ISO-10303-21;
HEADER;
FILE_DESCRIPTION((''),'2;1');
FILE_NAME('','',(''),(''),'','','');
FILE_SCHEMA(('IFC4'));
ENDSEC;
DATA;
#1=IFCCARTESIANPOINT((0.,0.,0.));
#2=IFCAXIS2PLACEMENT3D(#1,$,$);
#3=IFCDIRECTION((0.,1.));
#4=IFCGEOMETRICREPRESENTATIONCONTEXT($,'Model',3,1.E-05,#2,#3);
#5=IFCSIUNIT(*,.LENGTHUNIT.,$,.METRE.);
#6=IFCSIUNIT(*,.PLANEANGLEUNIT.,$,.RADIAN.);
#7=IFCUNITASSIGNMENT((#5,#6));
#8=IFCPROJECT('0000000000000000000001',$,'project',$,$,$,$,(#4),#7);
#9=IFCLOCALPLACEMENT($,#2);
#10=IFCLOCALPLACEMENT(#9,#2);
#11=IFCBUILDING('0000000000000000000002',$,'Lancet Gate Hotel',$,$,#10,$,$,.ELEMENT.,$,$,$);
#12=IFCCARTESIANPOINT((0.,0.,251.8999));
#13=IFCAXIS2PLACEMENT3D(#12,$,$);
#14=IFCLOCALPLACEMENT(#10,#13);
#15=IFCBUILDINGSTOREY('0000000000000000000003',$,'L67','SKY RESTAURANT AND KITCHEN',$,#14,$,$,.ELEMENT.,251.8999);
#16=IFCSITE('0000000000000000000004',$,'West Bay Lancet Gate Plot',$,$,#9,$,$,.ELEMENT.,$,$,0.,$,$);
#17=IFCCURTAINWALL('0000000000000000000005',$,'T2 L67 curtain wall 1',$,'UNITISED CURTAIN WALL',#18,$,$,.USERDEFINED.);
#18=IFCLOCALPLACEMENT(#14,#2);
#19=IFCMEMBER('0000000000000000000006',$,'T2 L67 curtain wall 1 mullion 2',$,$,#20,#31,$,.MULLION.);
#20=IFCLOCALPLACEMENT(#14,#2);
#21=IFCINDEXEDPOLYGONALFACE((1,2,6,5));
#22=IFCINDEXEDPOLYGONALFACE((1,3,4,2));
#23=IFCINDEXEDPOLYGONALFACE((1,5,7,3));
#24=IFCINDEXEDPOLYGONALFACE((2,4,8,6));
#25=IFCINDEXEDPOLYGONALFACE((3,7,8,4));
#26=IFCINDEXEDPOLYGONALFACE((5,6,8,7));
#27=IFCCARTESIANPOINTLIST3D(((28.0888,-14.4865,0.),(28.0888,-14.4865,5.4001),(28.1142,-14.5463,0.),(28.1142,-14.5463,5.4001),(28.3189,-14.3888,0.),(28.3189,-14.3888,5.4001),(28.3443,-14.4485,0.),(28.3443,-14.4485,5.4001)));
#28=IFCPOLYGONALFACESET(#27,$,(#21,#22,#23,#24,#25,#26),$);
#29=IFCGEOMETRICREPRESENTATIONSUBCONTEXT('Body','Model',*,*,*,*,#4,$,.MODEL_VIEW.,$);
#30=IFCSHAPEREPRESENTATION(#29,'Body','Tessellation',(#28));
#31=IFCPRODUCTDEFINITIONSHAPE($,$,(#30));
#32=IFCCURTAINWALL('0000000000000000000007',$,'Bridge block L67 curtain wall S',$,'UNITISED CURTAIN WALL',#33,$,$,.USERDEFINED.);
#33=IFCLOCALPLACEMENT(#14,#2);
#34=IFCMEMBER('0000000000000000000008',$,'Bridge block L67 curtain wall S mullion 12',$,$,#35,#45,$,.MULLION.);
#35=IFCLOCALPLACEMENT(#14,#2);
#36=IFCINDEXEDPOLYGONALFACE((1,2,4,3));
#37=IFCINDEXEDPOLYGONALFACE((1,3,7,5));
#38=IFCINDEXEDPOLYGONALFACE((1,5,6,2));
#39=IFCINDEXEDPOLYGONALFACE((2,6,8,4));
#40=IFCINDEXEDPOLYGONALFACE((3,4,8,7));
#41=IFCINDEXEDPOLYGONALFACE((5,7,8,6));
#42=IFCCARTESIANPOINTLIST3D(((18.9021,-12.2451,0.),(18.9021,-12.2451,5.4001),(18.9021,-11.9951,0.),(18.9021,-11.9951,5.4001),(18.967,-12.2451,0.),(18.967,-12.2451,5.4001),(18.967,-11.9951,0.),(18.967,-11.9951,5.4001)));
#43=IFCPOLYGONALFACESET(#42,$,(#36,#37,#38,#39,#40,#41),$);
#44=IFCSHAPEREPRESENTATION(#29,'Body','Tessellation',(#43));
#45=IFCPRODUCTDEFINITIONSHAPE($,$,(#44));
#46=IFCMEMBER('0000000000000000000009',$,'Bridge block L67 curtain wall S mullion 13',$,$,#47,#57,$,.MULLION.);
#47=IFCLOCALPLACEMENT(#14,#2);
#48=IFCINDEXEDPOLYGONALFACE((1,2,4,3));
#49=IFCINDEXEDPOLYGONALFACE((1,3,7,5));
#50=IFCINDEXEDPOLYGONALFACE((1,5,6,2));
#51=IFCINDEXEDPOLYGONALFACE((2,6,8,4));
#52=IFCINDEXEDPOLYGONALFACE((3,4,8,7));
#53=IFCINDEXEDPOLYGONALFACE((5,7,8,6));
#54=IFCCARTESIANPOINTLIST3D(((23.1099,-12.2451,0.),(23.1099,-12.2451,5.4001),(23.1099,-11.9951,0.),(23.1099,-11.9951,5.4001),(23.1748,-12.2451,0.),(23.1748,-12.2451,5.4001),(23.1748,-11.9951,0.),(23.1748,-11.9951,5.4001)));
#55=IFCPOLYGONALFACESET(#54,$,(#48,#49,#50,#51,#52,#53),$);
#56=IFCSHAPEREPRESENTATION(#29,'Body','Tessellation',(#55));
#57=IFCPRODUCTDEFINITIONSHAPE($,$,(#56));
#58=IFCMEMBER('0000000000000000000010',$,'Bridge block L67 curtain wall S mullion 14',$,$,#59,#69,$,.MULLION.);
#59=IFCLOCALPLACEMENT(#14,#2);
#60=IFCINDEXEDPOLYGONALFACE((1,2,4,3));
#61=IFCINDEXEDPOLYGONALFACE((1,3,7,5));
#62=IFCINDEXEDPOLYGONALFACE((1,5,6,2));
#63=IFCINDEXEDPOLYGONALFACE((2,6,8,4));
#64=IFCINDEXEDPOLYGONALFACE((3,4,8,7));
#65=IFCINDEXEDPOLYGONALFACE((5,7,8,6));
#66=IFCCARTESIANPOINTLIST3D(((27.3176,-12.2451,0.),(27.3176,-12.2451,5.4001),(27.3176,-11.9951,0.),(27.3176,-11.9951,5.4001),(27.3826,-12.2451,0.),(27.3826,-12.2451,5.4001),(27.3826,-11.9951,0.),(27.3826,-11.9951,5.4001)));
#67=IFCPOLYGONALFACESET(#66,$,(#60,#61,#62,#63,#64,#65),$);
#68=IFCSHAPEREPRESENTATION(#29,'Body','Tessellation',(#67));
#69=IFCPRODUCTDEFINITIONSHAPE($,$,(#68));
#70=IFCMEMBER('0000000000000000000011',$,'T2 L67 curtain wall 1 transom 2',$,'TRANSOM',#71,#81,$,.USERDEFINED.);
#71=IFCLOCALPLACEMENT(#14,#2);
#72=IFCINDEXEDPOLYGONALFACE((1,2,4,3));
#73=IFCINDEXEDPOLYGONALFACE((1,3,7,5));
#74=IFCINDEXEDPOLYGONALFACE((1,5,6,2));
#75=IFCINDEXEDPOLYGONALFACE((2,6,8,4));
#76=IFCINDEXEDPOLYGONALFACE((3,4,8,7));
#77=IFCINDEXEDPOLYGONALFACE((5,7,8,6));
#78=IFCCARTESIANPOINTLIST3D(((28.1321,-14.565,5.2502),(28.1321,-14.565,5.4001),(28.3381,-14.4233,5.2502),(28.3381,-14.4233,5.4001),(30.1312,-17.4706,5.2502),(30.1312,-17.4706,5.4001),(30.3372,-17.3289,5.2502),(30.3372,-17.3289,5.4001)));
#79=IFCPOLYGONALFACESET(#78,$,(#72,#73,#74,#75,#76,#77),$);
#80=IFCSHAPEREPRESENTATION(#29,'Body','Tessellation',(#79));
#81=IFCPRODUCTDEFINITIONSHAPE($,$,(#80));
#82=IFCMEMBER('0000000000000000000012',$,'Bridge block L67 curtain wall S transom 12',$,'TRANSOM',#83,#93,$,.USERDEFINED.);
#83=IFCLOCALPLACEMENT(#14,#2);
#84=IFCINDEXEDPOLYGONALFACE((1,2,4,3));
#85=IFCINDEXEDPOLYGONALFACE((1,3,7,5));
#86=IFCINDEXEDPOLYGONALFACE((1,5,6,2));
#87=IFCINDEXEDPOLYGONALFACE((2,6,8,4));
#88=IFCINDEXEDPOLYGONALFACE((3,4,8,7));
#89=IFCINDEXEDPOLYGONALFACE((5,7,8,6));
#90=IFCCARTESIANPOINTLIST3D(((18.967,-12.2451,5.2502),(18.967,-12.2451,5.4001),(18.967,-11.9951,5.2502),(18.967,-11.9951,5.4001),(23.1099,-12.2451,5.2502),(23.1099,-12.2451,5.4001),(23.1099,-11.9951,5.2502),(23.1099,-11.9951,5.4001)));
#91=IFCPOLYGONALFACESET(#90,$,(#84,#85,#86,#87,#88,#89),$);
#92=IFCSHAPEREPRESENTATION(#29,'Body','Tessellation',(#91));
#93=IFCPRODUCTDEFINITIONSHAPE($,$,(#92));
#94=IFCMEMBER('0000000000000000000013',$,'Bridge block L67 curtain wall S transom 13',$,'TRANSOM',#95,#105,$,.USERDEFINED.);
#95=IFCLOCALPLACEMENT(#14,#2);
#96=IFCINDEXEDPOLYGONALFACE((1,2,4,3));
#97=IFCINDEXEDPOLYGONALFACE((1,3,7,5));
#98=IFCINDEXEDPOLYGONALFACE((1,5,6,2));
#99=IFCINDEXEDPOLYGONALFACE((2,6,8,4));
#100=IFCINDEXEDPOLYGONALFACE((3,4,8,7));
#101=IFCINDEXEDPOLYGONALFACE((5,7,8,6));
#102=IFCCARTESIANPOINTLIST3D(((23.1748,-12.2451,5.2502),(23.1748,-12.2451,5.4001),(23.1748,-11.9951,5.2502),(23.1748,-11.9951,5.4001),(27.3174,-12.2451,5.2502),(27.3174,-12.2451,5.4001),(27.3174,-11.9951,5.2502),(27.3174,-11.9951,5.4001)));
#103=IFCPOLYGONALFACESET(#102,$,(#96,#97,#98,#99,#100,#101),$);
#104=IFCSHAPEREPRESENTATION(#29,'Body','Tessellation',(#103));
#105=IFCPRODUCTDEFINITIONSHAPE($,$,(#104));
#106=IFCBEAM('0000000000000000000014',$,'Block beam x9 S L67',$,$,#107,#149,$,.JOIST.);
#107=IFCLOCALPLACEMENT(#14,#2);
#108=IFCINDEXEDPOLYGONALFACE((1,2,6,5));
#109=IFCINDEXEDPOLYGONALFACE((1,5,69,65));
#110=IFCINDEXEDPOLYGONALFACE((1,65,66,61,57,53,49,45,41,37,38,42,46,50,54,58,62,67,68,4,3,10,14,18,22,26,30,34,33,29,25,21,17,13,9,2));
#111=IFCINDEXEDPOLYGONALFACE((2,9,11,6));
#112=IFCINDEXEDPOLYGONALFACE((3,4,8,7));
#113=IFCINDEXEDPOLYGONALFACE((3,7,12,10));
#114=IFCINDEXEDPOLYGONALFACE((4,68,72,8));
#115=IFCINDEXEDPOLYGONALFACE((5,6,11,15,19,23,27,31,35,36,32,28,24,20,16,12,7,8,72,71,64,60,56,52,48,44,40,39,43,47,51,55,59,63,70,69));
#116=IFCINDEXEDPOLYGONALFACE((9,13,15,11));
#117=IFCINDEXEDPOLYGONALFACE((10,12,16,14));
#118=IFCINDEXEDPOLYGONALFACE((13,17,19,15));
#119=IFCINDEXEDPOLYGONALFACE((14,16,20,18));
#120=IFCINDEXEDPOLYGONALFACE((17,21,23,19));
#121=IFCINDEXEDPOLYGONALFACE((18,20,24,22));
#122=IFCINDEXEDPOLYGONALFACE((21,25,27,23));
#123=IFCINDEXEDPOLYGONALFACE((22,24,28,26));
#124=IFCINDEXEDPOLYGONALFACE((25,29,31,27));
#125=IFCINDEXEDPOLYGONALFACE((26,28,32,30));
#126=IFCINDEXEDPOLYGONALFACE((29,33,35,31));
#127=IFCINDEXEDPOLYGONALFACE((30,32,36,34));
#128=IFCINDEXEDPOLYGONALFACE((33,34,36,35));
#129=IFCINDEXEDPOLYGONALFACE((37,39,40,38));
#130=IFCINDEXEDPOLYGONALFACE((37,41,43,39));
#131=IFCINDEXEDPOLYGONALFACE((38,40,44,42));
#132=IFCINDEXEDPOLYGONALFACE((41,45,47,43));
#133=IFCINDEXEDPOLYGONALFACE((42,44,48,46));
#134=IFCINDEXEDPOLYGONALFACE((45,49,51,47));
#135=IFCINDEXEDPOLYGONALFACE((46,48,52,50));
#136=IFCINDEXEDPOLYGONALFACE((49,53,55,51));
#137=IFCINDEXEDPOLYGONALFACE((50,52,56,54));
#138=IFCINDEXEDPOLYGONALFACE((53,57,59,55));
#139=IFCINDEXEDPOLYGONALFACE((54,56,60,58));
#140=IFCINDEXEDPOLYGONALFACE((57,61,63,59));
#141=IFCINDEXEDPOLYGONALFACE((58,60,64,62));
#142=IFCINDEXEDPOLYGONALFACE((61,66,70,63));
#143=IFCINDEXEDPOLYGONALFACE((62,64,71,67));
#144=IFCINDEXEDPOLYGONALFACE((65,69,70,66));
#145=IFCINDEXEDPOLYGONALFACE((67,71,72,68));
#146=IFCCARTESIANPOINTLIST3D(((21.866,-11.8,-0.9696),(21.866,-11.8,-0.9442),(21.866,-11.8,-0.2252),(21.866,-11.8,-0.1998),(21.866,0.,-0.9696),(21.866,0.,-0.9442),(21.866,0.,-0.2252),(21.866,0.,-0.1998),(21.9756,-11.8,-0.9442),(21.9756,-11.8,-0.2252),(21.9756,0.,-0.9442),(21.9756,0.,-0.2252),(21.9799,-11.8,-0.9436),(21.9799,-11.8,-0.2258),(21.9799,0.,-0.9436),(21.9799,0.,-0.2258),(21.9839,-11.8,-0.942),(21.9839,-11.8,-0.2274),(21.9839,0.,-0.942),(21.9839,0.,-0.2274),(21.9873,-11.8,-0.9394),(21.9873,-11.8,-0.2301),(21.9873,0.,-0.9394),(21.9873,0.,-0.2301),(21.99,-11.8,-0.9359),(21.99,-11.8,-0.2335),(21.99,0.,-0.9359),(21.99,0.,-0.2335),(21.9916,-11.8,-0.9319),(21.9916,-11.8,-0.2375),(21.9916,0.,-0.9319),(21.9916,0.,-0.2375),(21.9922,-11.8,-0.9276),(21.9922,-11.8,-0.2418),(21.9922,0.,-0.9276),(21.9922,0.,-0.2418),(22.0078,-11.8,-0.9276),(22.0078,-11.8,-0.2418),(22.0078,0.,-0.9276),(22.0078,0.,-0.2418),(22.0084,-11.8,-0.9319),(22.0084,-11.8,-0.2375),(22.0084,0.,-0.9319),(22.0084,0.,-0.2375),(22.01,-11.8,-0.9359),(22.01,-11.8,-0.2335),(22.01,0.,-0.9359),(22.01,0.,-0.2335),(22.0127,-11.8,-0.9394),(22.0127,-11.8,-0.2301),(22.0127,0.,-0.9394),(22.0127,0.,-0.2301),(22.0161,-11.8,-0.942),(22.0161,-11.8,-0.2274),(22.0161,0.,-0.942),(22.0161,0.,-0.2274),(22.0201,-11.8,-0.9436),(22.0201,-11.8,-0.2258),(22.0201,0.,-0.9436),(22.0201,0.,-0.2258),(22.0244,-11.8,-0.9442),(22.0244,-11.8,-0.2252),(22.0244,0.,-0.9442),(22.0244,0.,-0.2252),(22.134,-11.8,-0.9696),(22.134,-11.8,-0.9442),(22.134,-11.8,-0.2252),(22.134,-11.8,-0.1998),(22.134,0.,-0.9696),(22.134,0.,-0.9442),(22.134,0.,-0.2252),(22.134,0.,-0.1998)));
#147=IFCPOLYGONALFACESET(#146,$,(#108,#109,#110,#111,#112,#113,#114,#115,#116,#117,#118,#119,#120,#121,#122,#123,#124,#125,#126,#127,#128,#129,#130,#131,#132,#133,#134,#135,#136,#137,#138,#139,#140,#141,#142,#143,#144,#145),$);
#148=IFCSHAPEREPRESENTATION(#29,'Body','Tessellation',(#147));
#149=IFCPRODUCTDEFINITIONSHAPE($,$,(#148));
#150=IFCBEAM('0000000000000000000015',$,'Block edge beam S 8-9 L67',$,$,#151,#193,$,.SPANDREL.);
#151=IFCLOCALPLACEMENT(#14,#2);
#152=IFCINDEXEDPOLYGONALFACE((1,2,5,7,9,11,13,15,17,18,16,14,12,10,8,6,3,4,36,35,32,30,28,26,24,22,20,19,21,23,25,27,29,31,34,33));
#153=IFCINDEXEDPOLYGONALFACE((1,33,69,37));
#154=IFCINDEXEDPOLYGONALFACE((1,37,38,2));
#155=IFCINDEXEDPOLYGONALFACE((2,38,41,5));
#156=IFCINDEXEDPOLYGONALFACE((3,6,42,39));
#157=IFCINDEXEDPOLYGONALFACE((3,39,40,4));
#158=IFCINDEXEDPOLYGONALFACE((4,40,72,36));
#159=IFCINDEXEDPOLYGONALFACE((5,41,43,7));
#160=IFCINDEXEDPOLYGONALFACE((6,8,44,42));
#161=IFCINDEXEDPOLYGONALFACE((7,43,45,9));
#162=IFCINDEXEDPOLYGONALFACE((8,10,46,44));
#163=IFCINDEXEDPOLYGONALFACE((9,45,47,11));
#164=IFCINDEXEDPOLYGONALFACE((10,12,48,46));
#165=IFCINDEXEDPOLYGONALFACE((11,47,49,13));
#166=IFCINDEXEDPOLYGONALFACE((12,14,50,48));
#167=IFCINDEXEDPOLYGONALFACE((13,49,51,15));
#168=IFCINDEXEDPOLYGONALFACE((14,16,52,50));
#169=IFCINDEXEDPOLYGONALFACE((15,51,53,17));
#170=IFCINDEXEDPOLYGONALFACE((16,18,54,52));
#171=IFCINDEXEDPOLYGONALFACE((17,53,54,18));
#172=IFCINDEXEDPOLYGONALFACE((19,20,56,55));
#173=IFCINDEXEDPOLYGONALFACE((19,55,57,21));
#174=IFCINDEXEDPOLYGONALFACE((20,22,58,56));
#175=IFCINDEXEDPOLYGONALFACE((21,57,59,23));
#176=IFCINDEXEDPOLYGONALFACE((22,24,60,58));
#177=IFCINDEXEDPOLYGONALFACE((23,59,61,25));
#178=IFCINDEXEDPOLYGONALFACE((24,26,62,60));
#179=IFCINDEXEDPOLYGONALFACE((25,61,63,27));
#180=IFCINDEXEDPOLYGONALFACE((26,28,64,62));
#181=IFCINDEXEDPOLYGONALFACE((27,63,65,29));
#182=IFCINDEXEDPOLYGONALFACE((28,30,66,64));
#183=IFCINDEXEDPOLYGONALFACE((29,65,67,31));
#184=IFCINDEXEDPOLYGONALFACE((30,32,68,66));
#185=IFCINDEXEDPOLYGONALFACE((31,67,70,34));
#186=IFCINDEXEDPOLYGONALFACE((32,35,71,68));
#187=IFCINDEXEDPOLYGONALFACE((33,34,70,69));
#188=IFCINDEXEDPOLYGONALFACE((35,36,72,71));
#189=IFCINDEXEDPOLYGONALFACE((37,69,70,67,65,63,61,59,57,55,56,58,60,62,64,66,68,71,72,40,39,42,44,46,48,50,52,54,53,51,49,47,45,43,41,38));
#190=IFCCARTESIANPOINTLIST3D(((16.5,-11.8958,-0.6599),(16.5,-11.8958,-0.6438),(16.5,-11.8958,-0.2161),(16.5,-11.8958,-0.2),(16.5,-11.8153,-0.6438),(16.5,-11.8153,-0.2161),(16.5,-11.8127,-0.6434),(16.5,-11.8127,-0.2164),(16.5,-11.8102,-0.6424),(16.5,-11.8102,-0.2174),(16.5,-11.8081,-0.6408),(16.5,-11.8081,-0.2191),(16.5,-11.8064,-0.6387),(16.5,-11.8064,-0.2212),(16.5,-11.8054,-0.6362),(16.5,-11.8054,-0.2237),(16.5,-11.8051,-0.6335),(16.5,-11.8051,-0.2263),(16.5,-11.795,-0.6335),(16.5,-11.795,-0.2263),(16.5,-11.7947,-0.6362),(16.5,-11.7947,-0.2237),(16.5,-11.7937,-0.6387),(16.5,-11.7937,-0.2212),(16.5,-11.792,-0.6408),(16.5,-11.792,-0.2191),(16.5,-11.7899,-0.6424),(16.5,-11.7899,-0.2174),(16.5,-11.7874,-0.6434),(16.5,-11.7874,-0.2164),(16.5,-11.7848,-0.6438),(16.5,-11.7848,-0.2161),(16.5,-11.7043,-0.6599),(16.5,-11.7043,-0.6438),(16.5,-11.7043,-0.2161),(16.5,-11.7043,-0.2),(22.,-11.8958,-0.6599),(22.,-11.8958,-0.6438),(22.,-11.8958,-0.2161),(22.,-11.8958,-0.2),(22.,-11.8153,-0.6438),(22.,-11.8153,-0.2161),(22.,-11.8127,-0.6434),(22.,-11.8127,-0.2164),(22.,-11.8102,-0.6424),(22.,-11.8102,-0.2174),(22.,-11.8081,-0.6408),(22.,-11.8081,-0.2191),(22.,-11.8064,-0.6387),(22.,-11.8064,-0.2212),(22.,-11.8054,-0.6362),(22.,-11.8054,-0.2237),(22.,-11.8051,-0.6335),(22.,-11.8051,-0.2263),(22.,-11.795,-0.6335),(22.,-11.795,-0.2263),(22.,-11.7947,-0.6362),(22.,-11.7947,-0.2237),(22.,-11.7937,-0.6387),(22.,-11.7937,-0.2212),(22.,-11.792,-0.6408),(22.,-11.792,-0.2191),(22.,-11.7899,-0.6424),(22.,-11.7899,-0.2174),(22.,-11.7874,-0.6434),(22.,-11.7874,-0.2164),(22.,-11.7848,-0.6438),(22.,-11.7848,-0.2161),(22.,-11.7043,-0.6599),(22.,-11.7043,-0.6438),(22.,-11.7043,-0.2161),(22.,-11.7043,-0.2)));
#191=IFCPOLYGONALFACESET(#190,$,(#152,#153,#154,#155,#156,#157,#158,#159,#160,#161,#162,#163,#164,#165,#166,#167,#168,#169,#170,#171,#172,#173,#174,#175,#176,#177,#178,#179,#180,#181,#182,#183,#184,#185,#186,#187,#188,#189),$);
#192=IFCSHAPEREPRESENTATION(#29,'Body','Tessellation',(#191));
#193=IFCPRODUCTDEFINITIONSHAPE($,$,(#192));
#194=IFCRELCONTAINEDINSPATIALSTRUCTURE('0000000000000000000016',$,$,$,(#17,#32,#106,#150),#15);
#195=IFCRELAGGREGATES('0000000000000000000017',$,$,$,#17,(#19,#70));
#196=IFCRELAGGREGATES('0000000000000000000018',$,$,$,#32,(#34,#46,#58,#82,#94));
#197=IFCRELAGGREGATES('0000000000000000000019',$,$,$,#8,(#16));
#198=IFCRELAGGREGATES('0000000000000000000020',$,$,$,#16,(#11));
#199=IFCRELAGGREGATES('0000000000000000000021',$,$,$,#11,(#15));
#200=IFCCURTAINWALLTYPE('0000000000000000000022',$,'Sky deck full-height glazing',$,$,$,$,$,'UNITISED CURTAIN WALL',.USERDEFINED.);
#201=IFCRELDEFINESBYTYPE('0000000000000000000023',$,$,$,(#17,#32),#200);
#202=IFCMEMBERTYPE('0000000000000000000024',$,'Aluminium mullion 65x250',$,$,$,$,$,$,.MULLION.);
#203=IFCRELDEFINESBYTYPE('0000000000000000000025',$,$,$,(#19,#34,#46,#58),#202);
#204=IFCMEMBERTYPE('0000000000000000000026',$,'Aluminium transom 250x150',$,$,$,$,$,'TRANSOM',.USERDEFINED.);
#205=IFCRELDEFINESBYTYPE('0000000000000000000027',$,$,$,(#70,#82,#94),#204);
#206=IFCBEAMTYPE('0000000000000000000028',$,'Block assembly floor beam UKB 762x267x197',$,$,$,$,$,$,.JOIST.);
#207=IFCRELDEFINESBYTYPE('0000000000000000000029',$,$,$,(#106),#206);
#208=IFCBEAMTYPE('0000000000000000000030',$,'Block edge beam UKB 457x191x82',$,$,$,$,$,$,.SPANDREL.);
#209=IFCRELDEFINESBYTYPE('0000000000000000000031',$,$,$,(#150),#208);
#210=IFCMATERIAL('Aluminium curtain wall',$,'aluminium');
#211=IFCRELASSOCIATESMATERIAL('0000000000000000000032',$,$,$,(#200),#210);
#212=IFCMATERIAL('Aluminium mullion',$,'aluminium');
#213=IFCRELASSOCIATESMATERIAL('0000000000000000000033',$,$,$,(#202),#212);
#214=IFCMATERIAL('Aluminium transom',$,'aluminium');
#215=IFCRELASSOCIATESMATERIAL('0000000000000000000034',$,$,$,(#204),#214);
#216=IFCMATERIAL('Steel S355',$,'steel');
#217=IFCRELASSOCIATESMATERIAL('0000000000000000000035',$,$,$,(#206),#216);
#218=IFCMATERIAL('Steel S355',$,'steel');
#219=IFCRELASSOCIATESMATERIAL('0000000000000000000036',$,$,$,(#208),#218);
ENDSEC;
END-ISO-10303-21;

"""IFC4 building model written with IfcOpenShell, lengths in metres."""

from ifc_helpers import new_model, si_unit, direction, frame, origin, origin_2d, place, context, subcontext, project, spatial, rectangle, i_section, extrude, material, material_profile, profile_set, type_object, element, aggregate, save


model = new_model("IFC4")

# Units and contexts
model_context = context("Model", 3, precision=1e-05, world=origin(), true_north=direction((0.0, 1.0)))
body_context = subcontext(model_context, "Body", "Model", "MODEL_VIEW")
ifc_project = project(units=[si_unit("LENGTHUNIT", "METRE"), si_unit("PLANEANGLEUNIT", "RADIAN")], contexts=[model_context])

# Site, building, storey
site_placement = place(None, origin())
site = spatial("IfcSite", under=ifc_project, at=site_placement, Name="West Bay Lancet Gate Plot", CompositionType="ELEMENT", RefElevation=0.0)
building_placement = place(site_placement, origin())
building = spatial("IfcBuilding", under=site, at=building_placement, Name="Lancet Gate Hotel", CompositionType="ELEMENT")
storey_placement = place(building_placement, frame((0.0, 0.0, 251.8999)))
storey = spatial("IfcBuildingStorey", under=building, at=storey_placement, Name="L67", Description="SKY RESTAURANT AND KITCHEN", CompositionType="ELEMENT", Elevation=251.8999)

# Curtain wall, member
ifc_material_1 = material(Name="Aluminium curtain wall", Category="aluminium")
curtain_wall_type = type_object("IfcCurtainWallType", Name="Sky deck full-height glazing", ElementType="UNITISED CURTAIN WALL", PredefinedType="USERDEFINED", material=ifc_material_1)
curtain_wall_1_placement = place(storey_placement, origin())
curtain_wall_1 = element("IfcCurtainWall", 1, at=curtain_wall_1_placement, inside=storey, type_object=curtain_wall_type, Name="T2 L67 curtain wall 1", ObjectType="UNITISED CURTAIN WALL", PredefinedType="USERDEFINED")
ifc_material_2 = material(Name="Aluminium mullion", Category="aluminium")
ifc_material_profile_1 = material_profile(ifc_material_2, rectangle(XDim=0.0649, YDim=0.25, at=origin_2d()), Name="MULLION 65x250")
ifc_profile_set_1 = profile_set([ifc_material_profile_1], Name="Aluminium mullion")
member_type_1 = type_object("IfcMemberType", Name="Aluminium mullion 65x250", PredefinedType="MULLION", material=ifc_profile_set_1)
member_1_placement = place(storey_placement, frame((28.2166, -14.4675, 0.0), z_axis=(0.0, 0.0, 1.0), x_axis=(0.391042, -0.920373, 0.0)))
member_1 = element("IfcMember", 2, at=member_1_placement, type_object=member_type_1, Name="T2 L67 curtain wall 1 mullion 2", PredefinedType="MULLION", context=body_context, shape_type="SweptSolid", body=[
    extrude(rectangle(XDim=0.0649, YDim=0.25, at=origin_2d()), origin(), (0.0, 0.0, 1.0), 5.4001),
])

# Curtain wall, members
curtain_wall_2_placement = place(storey_placement, origin())
curtain_wall_2 = element("IfcCurtainWall", 3, at=curtain_wall_2_placement, inside=storey, type_object=curtain_wall_type, Name="Bridge block L67 curtain wall S", ObjectType="UNITISED CURTAIN WALL", PredefinedType="USERDEFINED")
member_2_placement = place(storey_placement, frame((18.9346, -12.1201, 0.0), z_axis=(0.0, 0.0, 1.0), x_axis=(1.0, 0.0, 0.0)))
member_2 = element("IfcMember", 4, at=member_2_placement, type_object=member_type_1, Name="Bridge block L67 curtain wall S mullion 12", PredefinedType="MULLION", context=body_context, shape_type="SweptSolid", body=[
    extrude(rectangle(XDim=0.0649, YDim=0.25, at=origin_2d()), origin(), (0.0, 0.0, 1.0), 5.4001),
])
member_3_placement = place(storey_placement, frame((23.1423, -12.1201, 0.0), z_axis=(0.0, 0.0, 1.0), x_axis=(1.0, 0.0, 0.0)))
member_3 = element("IfcMember", 5, at=member_3_placement, type_object=member_type_1, Name="Bridge block L67 curtain wall S mullion 13", PredefinedType="MULLION", context=body_context, shape_type="SweptSolid", body=[
    extrude(rectangle(XDim=0.0649, YDim=0.25, at=origin_2d()), origin(), (0.0, 0.0, 1.0), 5.4001),
])
member_4_placement = place(storey_placement, frame((27.3501, -12.1201, 0.0), z_axis=(0.0, 0.0, 1.0), x_axis=(1.0, 0.0, 0.0)))
member_4 = element("IfcMember", 6, at=member_4_placement, type_object=member_type_1, Name="Bridge block L67 curtain wall S mullion 14", PredefinedType="MULLION", context=body_context, shape_type="SweptSolid", body=[
    extrude(rectangle(XDim=0.0649, YDim=0.25, at=origin_2d()), origin(), (0.0, 0.0, 1.0), 5.4001),
])

# Members
ifc_material_3 = material(Name="Aluminium transom", Category="aluminium")
ifc_material_profile_2 = material_profile(ifc_material_3, rectangle(XDim=0.25, YDim=0.1499, at=origin_2d()), Name="TRANSOM 250x150")
ifc_profile_set_2 = profile_set([ifc_material_profile_2], Name="Aluminium transom")
member_type_2 = type_object("IfcMemberType", Name="Aluminium transom 250x150", ElementType="TRANSOM", PredefinedType="USERDEFINED", material=ifc_profile_set_2)
member_5_placement = place(storey_placement, frame((28.2351, -14.4941, 5.3252), z_axis=(0.566814, -0.823846, 0.0), x_axis=(0.823846, 0.566814, 0.0)))
member_5 = element("IfcMember", 7, at=member_5_placement, type_object=member_type_2, Name="T2 L67 curtain wall 1 transom 2", ObjectType="TRANSOM", PredefinedType="USERDEFINED", context=body_context, shape_type="SweptSolid", body=[
    extrude(rectangle(XDim=0.25, YDim=0.1499, at=origin_2d()), origin(), (0.0, 0.0, 1.0), 3.5269),
])
member_6_placement = place(storey_placement, frame((18.967, -12.1201, 5.3252), z_axis=(1.0, 0.0, 0.0), x_axis=(0.0, 1.0, 0.0)))
member_6 = element("IfcMember", 8, at=member_6_placement, type_object=member_type_2, Name="Bridge block L67 curtain wall S transom 12", ObjectType="TRANSOM", PredefinedType="USERDEFINED", context=body_context, shape_type="SweptSolid", body=[
    extrude(rectangle(XDim=0.25, YDim=0.1499, at=origin_2d()), origin(), (0.0, 0.0, 1.0), 4.1428),
])
member_7_placement = place(storey_placement, frame((23.1748, -12.1201, 5.3252), z_axis=(1.0, 0.0, 0.0), x_axis=(0.0, 1.0, 0.0)))
member_7 = element("IfcMember", 9, at=member_7_placement, type_object=member_type_2, Name="Bridge block L67 curtain wall S transom 13", ObjectType="TRANSOM", PredefinedType="USERDEFINED", context=body_context, shape_type="SweptSolid", body=[
    extrude(rectangle(XDim=0.25, YDim=0.1499, at=origin_2d()), origin(), (0.0, 0.0, 1.0), 4.1426),
])

# Beams
ifc_material_4 = material(Name="Steel S355", Category="steel")
ifc_material_profile_3 = material_profile(ifc_material_4, i_section(OverallWidth=0.2681, OverallDepth=0.7698, WebThickness=0.0156, FlangeThickness=0.0254, FilletRadius=0.0166, at=origin_2d()), Name="UKB 762x267x197")
ifc_profile_set_3 = profile_set([ifc_material_profile_3], Name="Steel S355")
beam_type_1 = type_object("IfcBeamType", Name="Block assembly floor beam UKB 762x267x197", PredefinedType="JOIST", material=ifc_profile_set_3)
beam_1_placement = place(storey_placement, frame((22.0, -11.8, -0.5847), z_axis=(0.0, 1.0, 0.0), x_axis=(-1.0, 0.0, 0.0)))
element("IfcBeam", 10, at=beam_1_placement, inside=storey, type_object=beam_type_1, Name="Block beam x9 S L67", PredefinedType="JOIST", context=body_context, shape_type="SweptSolid", body=[
    extrude(i_section(OverallWidth=0.2681, OverallDepth=0.7698, WebThickness=0.0156, FlangeThickness=0.0254, FilletRadius=0.0166, at=origin_2d()), origin(), (0.0, 0.0, 1.0), 11.8),
])
ifc_material_5 = material(Name="Steel S355", Category="steel")
ifc_material_profile_4 = material_profile(ifc_material_5, i_section(OverallWidth=0.1914, OverallDepth=0.46, WebThickness=0.01, FlangeThickness=0.0161, FilletRadius=0.0103, at=origin_2d()), Name="UKB 457x191x82")
ifc_profile_set_4 = profile_set([ifc_material_profile_4], Name="Steel S355")
beam_type_2 = type_object("IfcBeamType", Name="Block edge beam UKB 457x191x82", PredefinedType="SPANDREL", material=ifc_profile_set_4)
beam_2_placement = place(storey_placement, frame((16.5, -11.8, -0.4299), z_axis=(1.0, 0.0, 0.0), x_axis=(0.0, 1.0, 0.0)))
element("IfcBeam", 11, at=beam_2_placement, inside=storey, type_object=beam_type_2, Name="Block edge beam S 8-9 L67", PredefinedType="SPANDREL", context=body_context, shape_type="SweptSolid", body=[
    extrude(i_section(OverallWidth=0.1914, OverallDepth=0.46, WebThickness=0.01, FlangeThickness=0.0161, FilletRadius=0.0103, at=origin_2d()), origin(), (0.0, 0.0, 1.0), 5.5),
])

aggregate(curtain_wall_1, [member_1, member_5])
aggregate(curtain_wall_2, [member_2, member_3, member_4, member_6, member_7])

save(model, "model.ifc")
